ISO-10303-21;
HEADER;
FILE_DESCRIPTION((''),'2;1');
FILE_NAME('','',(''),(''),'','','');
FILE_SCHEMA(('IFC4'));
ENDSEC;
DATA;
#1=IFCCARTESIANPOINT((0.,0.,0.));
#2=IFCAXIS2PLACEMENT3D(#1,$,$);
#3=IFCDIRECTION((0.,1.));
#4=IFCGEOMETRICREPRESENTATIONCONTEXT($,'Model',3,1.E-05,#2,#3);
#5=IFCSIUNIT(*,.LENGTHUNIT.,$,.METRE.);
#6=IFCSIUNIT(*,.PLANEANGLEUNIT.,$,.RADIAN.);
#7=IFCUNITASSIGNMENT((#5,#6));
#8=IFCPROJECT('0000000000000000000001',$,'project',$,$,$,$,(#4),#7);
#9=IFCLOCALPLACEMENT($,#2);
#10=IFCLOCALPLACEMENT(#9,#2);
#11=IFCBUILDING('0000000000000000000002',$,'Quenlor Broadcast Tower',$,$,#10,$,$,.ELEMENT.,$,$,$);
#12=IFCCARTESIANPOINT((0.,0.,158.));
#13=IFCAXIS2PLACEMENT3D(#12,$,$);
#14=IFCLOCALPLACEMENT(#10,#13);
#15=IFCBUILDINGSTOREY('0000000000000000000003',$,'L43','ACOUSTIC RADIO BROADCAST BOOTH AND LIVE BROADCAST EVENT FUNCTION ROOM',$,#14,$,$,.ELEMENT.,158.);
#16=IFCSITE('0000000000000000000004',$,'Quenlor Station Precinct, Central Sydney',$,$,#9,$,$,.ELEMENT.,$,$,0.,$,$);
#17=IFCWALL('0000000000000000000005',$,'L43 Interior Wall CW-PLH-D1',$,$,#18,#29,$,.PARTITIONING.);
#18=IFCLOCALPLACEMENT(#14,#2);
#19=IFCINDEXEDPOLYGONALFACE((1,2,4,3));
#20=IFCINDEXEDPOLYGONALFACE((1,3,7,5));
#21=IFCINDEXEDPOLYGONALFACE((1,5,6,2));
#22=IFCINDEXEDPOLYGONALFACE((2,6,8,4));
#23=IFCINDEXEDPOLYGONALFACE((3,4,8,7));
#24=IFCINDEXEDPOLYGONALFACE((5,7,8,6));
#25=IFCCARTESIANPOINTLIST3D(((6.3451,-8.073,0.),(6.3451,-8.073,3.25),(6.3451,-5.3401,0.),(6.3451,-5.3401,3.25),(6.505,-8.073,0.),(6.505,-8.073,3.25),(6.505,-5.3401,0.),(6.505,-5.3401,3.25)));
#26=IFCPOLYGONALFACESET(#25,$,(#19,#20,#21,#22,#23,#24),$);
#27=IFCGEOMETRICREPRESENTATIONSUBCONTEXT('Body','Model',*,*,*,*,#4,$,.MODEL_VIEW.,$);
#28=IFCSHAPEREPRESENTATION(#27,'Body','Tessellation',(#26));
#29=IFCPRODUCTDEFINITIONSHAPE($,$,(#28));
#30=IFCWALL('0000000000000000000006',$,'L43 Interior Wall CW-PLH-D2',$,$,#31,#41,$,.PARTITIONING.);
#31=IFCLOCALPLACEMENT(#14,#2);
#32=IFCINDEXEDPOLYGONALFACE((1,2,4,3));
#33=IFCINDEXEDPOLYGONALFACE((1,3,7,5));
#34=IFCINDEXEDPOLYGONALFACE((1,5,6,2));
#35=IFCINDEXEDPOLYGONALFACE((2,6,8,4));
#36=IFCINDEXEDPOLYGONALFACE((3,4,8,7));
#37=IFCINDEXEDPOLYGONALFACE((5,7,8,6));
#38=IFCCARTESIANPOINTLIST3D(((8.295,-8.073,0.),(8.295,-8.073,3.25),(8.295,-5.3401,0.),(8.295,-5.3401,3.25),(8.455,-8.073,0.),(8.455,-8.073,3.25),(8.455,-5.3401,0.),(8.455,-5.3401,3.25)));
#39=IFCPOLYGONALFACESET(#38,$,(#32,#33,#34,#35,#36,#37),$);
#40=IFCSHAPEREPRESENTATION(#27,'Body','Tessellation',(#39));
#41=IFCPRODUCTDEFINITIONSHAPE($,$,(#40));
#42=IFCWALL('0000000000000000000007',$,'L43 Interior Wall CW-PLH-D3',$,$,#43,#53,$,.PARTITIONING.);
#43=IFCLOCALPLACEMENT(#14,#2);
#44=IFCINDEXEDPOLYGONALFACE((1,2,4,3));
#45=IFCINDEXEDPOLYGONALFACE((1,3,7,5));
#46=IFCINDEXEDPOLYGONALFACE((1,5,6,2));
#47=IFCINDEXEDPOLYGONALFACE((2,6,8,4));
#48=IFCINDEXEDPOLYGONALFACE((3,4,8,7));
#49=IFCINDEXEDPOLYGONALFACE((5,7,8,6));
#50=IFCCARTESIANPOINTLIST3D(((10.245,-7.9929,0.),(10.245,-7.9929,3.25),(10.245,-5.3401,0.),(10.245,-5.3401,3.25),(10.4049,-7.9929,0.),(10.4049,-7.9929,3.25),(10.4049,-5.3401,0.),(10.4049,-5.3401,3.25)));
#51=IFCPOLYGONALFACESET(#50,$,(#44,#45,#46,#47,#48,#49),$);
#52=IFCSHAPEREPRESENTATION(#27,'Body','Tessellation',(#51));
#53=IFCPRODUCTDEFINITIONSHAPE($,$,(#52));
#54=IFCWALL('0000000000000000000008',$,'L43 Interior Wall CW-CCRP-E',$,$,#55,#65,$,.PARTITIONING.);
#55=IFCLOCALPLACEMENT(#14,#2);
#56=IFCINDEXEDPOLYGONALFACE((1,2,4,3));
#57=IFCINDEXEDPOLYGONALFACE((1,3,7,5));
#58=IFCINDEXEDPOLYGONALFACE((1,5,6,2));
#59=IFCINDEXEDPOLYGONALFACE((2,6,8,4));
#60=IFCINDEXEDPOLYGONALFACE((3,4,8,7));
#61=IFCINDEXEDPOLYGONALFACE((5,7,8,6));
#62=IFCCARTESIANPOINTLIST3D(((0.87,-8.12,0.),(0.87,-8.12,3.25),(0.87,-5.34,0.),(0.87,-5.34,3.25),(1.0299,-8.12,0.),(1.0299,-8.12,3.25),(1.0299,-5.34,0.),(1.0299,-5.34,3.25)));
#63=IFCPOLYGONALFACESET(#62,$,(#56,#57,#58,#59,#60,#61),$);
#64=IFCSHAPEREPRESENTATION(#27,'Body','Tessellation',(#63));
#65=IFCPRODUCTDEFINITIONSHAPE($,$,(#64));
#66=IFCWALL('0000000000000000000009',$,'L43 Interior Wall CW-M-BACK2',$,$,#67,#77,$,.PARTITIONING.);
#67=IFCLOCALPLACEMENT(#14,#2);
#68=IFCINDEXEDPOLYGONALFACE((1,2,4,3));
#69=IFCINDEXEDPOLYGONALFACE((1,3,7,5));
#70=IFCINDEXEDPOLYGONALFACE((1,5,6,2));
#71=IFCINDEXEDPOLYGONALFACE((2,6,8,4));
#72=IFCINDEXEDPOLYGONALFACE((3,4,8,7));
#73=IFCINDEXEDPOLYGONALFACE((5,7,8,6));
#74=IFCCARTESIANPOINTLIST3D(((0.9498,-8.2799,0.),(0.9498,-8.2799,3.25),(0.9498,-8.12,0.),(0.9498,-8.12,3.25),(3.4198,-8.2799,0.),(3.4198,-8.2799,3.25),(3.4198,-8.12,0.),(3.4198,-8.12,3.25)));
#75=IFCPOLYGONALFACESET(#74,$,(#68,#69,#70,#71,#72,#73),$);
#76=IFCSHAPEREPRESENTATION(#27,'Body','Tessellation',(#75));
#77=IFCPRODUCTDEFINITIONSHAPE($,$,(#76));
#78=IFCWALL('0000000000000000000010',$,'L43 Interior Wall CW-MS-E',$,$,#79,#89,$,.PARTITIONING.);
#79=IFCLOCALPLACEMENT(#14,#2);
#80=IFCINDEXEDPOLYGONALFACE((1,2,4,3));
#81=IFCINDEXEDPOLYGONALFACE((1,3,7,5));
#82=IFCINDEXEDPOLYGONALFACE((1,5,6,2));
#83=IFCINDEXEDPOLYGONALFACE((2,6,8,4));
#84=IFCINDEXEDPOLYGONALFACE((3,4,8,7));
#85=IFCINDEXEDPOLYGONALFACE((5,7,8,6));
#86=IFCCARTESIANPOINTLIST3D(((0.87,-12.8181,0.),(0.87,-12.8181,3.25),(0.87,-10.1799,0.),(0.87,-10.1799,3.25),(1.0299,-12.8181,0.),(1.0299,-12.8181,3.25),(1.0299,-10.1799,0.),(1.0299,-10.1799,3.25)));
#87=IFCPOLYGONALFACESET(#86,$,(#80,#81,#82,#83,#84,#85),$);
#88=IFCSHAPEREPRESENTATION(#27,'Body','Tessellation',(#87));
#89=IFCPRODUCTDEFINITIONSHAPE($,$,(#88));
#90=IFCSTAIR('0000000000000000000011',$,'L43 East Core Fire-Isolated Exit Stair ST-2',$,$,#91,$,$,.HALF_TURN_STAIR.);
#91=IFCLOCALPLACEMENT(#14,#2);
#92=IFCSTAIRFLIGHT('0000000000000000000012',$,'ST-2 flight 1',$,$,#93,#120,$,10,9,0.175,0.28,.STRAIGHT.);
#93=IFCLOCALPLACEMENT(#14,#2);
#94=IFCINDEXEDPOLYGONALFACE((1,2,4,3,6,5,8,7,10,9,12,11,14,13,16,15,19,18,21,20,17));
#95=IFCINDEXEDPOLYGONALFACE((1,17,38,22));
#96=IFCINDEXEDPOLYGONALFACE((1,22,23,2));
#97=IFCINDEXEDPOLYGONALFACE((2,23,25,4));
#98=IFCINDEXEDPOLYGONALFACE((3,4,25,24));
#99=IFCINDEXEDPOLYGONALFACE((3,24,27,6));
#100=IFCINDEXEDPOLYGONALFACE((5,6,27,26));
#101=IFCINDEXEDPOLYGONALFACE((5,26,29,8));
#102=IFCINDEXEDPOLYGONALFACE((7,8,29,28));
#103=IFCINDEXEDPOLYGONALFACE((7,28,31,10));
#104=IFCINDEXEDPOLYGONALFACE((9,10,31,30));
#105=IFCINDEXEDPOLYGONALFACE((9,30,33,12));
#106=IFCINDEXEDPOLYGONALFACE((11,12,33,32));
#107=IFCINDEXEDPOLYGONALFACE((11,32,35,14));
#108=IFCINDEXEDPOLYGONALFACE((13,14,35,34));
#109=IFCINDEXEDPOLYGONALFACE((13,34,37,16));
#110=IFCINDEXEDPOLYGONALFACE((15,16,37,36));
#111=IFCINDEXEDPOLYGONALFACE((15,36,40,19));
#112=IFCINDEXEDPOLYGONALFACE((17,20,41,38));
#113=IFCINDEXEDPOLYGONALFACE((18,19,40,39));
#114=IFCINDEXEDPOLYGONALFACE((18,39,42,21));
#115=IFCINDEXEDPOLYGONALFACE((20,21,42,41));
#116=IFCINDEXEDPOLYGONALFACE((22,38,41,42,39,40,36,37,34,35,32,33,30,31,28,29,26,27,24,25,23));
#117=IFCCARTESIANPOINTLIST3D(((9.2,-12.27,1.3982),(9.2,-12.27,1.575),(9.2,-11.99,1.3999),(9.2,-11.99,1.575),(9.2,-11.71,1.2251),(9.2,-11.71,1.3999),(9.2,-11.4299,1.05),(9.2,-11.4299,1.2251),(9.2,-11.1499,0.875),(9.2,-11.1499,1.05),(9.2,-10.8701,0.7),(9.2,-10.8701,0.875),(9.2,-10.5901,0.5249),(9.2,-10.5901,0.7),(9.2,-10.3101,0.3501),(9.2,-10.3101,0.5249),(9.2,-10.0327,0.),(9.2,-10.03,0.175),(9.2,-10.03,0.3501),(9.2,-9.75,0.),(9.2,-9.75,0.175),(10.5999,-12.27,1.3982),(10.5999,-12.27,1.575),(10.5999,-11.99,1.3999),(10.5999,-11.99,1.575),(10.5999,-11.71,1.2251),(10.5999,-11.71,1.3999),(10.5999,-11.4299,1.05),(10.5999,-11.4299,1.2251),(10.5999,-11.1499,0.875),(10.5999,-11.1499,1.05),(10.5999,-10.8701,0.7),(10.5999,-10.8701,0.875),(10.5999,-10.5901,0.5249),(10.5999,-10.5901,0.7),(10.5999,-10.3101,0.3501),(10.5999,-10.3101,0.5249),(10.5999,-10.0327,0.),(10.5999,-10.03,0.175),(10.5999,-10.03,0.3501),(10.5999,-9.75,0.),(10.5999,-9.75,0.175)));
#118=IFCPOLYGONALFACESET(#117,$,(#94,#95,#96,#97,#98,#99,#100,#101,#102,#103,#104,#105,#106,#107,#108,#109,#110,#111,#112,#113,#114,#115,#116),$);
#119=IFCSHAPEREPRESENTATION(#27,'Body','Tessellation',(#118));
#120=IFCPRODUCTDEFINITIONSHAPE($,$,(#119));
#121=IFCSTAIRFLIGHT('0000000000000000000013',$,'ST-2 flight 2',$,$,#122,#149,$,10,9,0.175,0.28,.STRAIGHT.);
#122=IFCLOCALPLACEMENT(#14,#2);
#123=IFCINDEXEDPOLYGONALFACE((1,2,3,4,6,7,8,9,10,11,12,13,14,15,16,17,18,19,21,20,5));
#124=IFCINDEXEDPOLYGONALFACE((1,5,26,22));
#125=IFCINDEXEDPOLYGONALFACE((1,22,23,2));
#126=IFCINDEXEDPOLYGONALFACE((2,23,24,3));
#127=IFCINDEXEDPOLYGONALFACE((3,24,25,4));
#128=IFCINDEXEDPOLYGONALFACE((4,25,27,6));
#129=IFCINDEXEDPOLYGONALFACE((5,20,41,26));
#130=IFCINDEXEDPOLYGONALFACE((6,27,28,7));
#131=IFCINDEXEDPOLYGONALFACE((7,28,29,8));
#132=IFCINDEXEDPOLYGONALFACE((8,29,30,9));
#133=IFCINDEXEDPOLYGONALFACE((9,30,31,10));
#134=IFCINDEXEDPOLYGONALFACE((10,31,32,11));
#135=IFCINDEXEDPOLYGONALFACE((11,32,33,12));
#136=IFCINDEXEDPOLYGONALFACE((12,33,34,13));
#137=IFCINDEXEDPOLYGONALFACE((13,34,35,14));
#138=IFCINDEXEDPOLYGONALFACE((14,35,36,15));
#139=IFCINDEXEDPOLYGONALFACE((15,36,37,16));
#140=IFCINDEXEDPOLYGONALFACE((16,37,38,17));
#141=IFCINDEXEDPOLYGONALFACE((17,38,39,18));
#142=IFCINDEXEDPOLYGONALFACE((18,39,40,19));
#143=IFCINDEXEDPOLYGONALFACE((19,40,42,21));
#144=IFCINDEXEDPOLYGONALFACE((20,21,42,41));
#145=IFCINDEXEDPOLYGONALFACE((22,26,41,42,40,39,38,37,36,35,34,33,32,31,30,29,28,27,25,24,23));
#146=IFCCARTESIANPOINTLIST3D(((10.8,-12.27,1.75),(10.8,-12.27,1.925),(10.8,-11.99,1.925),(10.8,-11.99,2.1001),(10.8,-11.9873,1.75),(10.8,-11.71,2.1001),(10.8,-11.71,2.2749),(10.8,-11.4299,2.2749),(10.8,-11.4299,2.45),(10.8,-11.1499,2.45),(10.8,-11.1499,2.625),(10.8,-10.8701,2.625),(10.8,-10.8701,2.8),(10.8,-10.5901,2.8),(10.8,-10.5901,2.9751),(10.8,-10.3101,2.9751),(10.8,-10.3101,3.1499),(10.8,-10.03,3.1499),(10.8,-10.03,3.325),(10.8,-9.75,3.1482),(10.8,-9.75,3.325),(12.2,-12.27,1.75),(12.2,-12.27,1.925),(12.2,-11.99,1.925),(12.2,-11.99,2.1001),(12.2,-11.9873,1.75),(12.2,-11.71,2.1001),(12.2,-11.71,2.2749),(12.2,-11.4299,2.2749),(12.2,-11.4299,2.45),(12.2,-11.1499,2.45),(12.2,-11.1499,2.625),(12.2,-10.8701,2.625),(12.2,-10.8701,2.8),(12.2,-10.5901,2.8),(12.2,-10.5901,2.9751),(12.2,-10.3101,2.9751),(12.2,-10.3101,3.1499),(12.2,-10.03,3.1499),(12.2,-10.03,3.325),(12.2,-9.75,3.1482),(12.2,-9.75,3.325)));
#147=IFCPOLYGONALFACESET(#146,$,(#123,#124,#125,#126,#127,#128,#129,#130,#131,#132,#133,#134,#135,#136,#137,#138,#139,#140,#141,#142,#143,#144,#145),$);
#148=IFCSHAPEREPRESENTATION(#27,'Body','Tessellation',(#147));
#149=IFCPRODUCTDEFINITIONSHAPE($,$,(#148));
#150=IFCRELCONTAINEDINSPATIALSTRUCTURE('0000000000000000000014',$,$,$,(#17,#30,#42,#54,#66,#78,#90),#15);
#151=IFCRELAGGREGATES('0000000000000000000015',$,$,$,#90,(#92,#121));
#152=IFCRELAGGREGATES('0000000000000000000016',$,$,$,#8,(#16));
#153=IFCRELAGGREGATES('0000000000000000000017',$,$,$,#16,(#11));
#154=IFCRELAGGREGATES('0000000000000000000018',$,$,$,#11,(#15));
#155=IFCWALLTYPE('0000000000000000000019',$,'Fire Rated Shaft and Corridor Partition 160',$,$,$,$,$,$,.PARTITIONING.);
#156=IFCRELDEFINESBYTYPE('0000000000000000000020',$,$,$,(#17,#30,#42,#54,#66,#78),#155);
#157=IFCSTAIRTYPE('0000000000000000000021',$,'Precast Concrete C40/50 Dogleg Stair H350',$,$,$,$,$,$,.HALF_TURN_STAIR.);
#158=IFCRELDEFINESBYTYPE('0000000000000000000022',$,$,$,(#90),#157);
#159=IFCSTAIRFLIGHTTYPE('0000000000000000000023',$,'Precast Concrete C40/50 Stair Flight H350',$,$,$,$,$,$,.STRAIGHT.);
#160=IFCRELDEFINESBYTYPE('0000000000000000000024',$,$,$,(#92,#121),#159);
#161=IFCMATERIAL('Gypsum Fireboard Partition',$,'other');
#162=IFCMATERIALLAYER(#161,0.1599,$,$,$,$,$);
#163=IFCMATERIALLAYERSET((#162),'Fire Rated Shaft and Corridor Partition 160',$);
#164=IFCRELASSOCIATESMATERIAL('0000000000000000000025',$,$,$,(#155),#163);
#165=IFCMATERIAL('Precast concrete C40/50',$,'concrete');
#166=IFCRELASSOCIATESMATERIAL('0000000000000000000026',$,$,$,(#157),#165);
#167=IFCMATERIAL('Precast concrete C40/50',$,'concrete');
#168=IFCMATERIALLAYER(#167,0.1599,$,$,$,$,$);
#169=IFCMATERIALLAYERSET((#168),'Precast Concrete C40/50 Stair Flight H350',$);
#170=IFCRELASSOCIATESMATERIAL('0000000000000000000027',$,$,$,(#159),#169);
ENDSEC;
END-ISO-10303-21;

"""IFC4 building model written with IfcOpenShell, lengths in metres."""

from ifc_helpers import new_model, si_unit, direction, frame, frame_2d, origin, place, context, subcontext, project, spatial, polyline, rectangle, outline, extrude, material, layer, layer_set, type_object, element, aggregate, save


model = new_model("IFC4")

# Units and contexts
model_context = context("Model", 3, precision=1e-05, world=origin(), true_north=direction((0.0, 1.0)))
body_context = subcontext(model_context, "Body", "Model", "MODEL_VIEW")
ifc_project = project(units=[si_unit("LENGTHUNIT", "METRE"), si_unit("PLANEANGLEUNIT", "RADIAN")], contexts=[model_context])

# Site, building, storey
site_placement = place(None, origin())
site = spatial("IfcSite", under=ifc_project, at=site_placement, Name="Quenlor Station Precinct, Central Sydney", CompositionType="ELEMENT", RefElevation=0.0)
building_placement = place(site_placement, origin())
building = spatial("IfcBuilding", under=site, at=building_placement, Name="Quenlor Broadcast Tower", CompositionType="ELEMENT")
storey_placement = place(building_placement, frame((0.0, 0.0, 158.0)))
storey = spatial("IfcBuildingStorey", under=building, at=storey_placement, Name="L43", Description="ACOUSTIC RADIO BROADCAST BOOTH AND LIVE BROADCAST EVENT FUNCTION ROOM", CompositionType="ELEMENT", Elevation=158.0)

# Walls
ifc_material_1 = material(Name="Gypsum Fireboard Partition", Category="other")
ifc_layer_1 = layer(ifc_material_1, 0.1599)
ifc_layer_set_1 = layer_set([ifc_layer_1], Name="Fire Rated Shaft and Corridor Partition 160")
wall_type_1 = type_object("IfcWallType", Name="Fire Rated Shaft and Corridor Partition 160", PredefinedType="PARTITIONING", material=ifc_layer_set_1)
for number, where, z_axis, x_axis, name in (
    (1, (6.425, -8.073, 0.0), (0.0, 0.0, 1.0), (0.0, 1.0, 0.0), "L43 Interior Wall CW-PLH-D1"),
    (2, (8.375, -8.073, 0.0), (0.0, 0.0, 1.0), (0.0, 1.0, 0.0), "L43 Interior Wall CW-PLH-D2"),
):
    element("IfcWall", number, at=place(storey_placement, frame(where, z_axis=z_axis, x_axis=x_axis)), inside=storey, type_object=wall_type_1, Name=name, PredefinedType="PARTITIONING", context=body_context, shape_type="SweptSolid", body=[
        extrude(rectangle(XDim=2.7329, YDim=0.1599, at=frame_2d((1.3665, 0.0))), origin(), (0.0, 0.0, 1.0), 3.25),
    ])
wall_1_placement = place(storey_placement, frame((10.325, -7.9929, 0.0), z_axis=(0.0, 0.0, 1.0), x_axis=(0.0, 1.0, 0.0)))
element("IfcWall", 3, at=wall_1_placement, inside=storey, type_object=wall_type_1, Name="L43 Interior Wall CW-PLH-D3", PredefinedType="PARTITIONING", context=body_context, shape_type="SweptSolid", body=[
    extrude(rectangle(XDim=2.6528, YDim=0.1599, at=frame_2d((1.3264, 0.0))), origin(), (0.0, 0.0, 1.0), 3.25),
])
wall_2_placement = place(storey_placement, frame((0.95, -8.1201, 0.0), z_axis=(0.0, 0.0, 1.0), x_axis=(0.0, 1.0, 0.0)))
element("IfcWall", 4, at=wall_2_placement, inside=storey, type_object=wall_type_1, Name="L43 Interior Wall CW-CCRP-E", PredefinedType="PARTITIONING", context=body_context, shape_type="SweptSolid", body=[
    extrude(rectangle(XDim=2.78, YDim=0.1599, at=frame_2d((1.3901, 0.0))), origin(), (0.0, 0.0, 1.0), 3.25),
])
wall_3_placement = place(storey_placement, frame((0.95, -8.2, 0.0), z_axis=(0.0, 0.0, 1.0), x_axis=(1.0, 0.0, 0.0)))
element("IfcWall", 5, at=wall_3_placement, inside=storey, type_object=wall_type_1, Name="L43 Interior Wall CW-M-BACK2", PredefinedType="PARTITIONING", context=body_context, shape_type="SweptSolid", body=[
    extrude(rectangle(XDim=2.47, YDim=0.1599, at=frame_2d((1.2349, 0.0))), origin(), (0.0, 0.0, 1.0), 3.25),
])
wall_4_placement = place(storey_placement, frame((0.95, -12.8181, 0.0), z_axis=(0.0, 0.0, 1.0), x_axis=(0.0, 1.0, 0.0)))
element("IfcWall", 6, at=wall_4_placement, inside=storey, type_object=wall_type_1, Name="L43 Interior Wall CW-MS-E", PredefinedType="PARTITIONING", context=body_context, shape_type="SweptSolid", body=[
    extrude(rectangle(XDim=2.6382, YDim=0.1599, at=frame_2d((1.3191, 0.0))), origin(), (0.0, 0.0, 1.0), 3.25),
])

# Stair, stair flights
ifc_material_2 = material(Name="Precast concrete C40/50", Category="concrete")
stair_type = type_object("IfcStairType", Name="Precast Concrete C40/50 Dogleg Stair H350", PredefinedType="HALF_TURN_STAIR", material=ifc_material_2)
stair_placement = place(storey_placement, origin())
stair = element("IfcStair", 7, at=stair_placement, inside=storey, type_object=stair_type, Name="L43 East Core Fire-Isolated Exit Stair ST-2", PredefinedType="HALF_TURN_STAIR")
ifc_material_3 = material(Name="Precast concrete C40/50", Category="concrete")
ifc_layer_2 = layer(ifc_material_3, 0.1599)
ifc_layer_set_2 = layer_set([ifc_layer_2], Name="Precast Concrete C40/50 Stair Flight H350")
stair_flight_type = type_object("IfcStairFlightType", Name="Precast Concrete C40/50 Stair Flight H350", PredefinedType="STRAIGHT", material=ifc_layer_set_2)
stair_flight_1_placement = place(storey_placement, frame((9.8999, -9.75, 0.0), z_axis=(0.0, 0.0, 1.0), x_axis=(0.0, -1.0, 0.0)))
stair_flight_1 = element("IfcStairFlight", 8, at=stair_flight_1_placement, type_object=stair_flight_type, Name="ST-2 flight 1", NumberOfRisers=10, NumberOfTreads=9, PredefinedType="STRAIGHT", RiserHeight=0.175, TreadLength=0.28, context=body_context, shape_type="SweptSolid", body=[
    extrude(outline(polyline([(0.0, 0.0), (0.0, 0.175), (0.28, 0.175), (0.28, 0.3501), (0.5601, 0.3501), (0.5601, 0.5249), (0.8401, 0.5249), (0.8401, 0.7), (1.1201, 0.7), (1.1201, 0.875), (1.3999, 0.875), (1.3999, 1.05), (1.6799, 1.05), (1.6799, 1.2251), (1.96, 1.2251), (1.96, 1.3999), (2.24, 1.3999), (2.24, 1.575), (2.52, 1.575), (2.52, 1.75), (2.52, 1.3982), (0.2827, 0.0), (0.0, 0.0)])), frame((0.0, 0.7, 0.0), z_axis=(0.0, -1.0, 0.0), x_axis=(1.0, 0.0, 0.0)), (0.0, 0.0, 1.0), 1.3999),
])
stair_flight_2_placement = place(storey_placement, frame((11.5, -12.27, 1.75), z_axis=(0.0, 0.0, 1.0), x_axis=(0.0, 1.0, 0.0)))
stair_flight_2 = element("IfcStairFlight", 9, at=stair_flight_2_placement, type_object=stair_flight_type, Name="ST-2 flight 2", NumberOfRisers=10, NumberOfTreads=9, PredefinedType="STRAIGHT", RiserHeight=0.175, TreadLength=0.28, context=body_context, shape_type="SweptSolid", body=[
    extrude(outline(polyline([(0.0, 0.0), (0.0, 0.175), (0.28, 0.175), (0.28, 0.3501), (0.5601, 0.3501), (0.5601, 0.5249), (0.8401, 0.5249), (0.8401, 0.7), (1.1201, 0.7), (1.1201, 0.875), (1.3999, 0.875), (1.3999, 1.05), (1.6799, 1.05), (1.6799, 1.2251), (1.96, 1.2251), (1.96, 1.3999), (2.24, 1.3999), (2.24, 1.575), (2.52, 1.575), (2.52, 1.75), (2.52, 1.3982), (0.2827, 0.0), (0.0, 0.0)])), frame((0.0, 0.7, 0.0), z_axis=(0.0, -1.0, 0.0), x_axis=(1.0, 0.0, 0.0)), (0.0, 0.0, 1.0), 1.3999),
])
aggregate(stair, [stair_flight_1, stair_flight_2])

save(model, "model.ifc")
